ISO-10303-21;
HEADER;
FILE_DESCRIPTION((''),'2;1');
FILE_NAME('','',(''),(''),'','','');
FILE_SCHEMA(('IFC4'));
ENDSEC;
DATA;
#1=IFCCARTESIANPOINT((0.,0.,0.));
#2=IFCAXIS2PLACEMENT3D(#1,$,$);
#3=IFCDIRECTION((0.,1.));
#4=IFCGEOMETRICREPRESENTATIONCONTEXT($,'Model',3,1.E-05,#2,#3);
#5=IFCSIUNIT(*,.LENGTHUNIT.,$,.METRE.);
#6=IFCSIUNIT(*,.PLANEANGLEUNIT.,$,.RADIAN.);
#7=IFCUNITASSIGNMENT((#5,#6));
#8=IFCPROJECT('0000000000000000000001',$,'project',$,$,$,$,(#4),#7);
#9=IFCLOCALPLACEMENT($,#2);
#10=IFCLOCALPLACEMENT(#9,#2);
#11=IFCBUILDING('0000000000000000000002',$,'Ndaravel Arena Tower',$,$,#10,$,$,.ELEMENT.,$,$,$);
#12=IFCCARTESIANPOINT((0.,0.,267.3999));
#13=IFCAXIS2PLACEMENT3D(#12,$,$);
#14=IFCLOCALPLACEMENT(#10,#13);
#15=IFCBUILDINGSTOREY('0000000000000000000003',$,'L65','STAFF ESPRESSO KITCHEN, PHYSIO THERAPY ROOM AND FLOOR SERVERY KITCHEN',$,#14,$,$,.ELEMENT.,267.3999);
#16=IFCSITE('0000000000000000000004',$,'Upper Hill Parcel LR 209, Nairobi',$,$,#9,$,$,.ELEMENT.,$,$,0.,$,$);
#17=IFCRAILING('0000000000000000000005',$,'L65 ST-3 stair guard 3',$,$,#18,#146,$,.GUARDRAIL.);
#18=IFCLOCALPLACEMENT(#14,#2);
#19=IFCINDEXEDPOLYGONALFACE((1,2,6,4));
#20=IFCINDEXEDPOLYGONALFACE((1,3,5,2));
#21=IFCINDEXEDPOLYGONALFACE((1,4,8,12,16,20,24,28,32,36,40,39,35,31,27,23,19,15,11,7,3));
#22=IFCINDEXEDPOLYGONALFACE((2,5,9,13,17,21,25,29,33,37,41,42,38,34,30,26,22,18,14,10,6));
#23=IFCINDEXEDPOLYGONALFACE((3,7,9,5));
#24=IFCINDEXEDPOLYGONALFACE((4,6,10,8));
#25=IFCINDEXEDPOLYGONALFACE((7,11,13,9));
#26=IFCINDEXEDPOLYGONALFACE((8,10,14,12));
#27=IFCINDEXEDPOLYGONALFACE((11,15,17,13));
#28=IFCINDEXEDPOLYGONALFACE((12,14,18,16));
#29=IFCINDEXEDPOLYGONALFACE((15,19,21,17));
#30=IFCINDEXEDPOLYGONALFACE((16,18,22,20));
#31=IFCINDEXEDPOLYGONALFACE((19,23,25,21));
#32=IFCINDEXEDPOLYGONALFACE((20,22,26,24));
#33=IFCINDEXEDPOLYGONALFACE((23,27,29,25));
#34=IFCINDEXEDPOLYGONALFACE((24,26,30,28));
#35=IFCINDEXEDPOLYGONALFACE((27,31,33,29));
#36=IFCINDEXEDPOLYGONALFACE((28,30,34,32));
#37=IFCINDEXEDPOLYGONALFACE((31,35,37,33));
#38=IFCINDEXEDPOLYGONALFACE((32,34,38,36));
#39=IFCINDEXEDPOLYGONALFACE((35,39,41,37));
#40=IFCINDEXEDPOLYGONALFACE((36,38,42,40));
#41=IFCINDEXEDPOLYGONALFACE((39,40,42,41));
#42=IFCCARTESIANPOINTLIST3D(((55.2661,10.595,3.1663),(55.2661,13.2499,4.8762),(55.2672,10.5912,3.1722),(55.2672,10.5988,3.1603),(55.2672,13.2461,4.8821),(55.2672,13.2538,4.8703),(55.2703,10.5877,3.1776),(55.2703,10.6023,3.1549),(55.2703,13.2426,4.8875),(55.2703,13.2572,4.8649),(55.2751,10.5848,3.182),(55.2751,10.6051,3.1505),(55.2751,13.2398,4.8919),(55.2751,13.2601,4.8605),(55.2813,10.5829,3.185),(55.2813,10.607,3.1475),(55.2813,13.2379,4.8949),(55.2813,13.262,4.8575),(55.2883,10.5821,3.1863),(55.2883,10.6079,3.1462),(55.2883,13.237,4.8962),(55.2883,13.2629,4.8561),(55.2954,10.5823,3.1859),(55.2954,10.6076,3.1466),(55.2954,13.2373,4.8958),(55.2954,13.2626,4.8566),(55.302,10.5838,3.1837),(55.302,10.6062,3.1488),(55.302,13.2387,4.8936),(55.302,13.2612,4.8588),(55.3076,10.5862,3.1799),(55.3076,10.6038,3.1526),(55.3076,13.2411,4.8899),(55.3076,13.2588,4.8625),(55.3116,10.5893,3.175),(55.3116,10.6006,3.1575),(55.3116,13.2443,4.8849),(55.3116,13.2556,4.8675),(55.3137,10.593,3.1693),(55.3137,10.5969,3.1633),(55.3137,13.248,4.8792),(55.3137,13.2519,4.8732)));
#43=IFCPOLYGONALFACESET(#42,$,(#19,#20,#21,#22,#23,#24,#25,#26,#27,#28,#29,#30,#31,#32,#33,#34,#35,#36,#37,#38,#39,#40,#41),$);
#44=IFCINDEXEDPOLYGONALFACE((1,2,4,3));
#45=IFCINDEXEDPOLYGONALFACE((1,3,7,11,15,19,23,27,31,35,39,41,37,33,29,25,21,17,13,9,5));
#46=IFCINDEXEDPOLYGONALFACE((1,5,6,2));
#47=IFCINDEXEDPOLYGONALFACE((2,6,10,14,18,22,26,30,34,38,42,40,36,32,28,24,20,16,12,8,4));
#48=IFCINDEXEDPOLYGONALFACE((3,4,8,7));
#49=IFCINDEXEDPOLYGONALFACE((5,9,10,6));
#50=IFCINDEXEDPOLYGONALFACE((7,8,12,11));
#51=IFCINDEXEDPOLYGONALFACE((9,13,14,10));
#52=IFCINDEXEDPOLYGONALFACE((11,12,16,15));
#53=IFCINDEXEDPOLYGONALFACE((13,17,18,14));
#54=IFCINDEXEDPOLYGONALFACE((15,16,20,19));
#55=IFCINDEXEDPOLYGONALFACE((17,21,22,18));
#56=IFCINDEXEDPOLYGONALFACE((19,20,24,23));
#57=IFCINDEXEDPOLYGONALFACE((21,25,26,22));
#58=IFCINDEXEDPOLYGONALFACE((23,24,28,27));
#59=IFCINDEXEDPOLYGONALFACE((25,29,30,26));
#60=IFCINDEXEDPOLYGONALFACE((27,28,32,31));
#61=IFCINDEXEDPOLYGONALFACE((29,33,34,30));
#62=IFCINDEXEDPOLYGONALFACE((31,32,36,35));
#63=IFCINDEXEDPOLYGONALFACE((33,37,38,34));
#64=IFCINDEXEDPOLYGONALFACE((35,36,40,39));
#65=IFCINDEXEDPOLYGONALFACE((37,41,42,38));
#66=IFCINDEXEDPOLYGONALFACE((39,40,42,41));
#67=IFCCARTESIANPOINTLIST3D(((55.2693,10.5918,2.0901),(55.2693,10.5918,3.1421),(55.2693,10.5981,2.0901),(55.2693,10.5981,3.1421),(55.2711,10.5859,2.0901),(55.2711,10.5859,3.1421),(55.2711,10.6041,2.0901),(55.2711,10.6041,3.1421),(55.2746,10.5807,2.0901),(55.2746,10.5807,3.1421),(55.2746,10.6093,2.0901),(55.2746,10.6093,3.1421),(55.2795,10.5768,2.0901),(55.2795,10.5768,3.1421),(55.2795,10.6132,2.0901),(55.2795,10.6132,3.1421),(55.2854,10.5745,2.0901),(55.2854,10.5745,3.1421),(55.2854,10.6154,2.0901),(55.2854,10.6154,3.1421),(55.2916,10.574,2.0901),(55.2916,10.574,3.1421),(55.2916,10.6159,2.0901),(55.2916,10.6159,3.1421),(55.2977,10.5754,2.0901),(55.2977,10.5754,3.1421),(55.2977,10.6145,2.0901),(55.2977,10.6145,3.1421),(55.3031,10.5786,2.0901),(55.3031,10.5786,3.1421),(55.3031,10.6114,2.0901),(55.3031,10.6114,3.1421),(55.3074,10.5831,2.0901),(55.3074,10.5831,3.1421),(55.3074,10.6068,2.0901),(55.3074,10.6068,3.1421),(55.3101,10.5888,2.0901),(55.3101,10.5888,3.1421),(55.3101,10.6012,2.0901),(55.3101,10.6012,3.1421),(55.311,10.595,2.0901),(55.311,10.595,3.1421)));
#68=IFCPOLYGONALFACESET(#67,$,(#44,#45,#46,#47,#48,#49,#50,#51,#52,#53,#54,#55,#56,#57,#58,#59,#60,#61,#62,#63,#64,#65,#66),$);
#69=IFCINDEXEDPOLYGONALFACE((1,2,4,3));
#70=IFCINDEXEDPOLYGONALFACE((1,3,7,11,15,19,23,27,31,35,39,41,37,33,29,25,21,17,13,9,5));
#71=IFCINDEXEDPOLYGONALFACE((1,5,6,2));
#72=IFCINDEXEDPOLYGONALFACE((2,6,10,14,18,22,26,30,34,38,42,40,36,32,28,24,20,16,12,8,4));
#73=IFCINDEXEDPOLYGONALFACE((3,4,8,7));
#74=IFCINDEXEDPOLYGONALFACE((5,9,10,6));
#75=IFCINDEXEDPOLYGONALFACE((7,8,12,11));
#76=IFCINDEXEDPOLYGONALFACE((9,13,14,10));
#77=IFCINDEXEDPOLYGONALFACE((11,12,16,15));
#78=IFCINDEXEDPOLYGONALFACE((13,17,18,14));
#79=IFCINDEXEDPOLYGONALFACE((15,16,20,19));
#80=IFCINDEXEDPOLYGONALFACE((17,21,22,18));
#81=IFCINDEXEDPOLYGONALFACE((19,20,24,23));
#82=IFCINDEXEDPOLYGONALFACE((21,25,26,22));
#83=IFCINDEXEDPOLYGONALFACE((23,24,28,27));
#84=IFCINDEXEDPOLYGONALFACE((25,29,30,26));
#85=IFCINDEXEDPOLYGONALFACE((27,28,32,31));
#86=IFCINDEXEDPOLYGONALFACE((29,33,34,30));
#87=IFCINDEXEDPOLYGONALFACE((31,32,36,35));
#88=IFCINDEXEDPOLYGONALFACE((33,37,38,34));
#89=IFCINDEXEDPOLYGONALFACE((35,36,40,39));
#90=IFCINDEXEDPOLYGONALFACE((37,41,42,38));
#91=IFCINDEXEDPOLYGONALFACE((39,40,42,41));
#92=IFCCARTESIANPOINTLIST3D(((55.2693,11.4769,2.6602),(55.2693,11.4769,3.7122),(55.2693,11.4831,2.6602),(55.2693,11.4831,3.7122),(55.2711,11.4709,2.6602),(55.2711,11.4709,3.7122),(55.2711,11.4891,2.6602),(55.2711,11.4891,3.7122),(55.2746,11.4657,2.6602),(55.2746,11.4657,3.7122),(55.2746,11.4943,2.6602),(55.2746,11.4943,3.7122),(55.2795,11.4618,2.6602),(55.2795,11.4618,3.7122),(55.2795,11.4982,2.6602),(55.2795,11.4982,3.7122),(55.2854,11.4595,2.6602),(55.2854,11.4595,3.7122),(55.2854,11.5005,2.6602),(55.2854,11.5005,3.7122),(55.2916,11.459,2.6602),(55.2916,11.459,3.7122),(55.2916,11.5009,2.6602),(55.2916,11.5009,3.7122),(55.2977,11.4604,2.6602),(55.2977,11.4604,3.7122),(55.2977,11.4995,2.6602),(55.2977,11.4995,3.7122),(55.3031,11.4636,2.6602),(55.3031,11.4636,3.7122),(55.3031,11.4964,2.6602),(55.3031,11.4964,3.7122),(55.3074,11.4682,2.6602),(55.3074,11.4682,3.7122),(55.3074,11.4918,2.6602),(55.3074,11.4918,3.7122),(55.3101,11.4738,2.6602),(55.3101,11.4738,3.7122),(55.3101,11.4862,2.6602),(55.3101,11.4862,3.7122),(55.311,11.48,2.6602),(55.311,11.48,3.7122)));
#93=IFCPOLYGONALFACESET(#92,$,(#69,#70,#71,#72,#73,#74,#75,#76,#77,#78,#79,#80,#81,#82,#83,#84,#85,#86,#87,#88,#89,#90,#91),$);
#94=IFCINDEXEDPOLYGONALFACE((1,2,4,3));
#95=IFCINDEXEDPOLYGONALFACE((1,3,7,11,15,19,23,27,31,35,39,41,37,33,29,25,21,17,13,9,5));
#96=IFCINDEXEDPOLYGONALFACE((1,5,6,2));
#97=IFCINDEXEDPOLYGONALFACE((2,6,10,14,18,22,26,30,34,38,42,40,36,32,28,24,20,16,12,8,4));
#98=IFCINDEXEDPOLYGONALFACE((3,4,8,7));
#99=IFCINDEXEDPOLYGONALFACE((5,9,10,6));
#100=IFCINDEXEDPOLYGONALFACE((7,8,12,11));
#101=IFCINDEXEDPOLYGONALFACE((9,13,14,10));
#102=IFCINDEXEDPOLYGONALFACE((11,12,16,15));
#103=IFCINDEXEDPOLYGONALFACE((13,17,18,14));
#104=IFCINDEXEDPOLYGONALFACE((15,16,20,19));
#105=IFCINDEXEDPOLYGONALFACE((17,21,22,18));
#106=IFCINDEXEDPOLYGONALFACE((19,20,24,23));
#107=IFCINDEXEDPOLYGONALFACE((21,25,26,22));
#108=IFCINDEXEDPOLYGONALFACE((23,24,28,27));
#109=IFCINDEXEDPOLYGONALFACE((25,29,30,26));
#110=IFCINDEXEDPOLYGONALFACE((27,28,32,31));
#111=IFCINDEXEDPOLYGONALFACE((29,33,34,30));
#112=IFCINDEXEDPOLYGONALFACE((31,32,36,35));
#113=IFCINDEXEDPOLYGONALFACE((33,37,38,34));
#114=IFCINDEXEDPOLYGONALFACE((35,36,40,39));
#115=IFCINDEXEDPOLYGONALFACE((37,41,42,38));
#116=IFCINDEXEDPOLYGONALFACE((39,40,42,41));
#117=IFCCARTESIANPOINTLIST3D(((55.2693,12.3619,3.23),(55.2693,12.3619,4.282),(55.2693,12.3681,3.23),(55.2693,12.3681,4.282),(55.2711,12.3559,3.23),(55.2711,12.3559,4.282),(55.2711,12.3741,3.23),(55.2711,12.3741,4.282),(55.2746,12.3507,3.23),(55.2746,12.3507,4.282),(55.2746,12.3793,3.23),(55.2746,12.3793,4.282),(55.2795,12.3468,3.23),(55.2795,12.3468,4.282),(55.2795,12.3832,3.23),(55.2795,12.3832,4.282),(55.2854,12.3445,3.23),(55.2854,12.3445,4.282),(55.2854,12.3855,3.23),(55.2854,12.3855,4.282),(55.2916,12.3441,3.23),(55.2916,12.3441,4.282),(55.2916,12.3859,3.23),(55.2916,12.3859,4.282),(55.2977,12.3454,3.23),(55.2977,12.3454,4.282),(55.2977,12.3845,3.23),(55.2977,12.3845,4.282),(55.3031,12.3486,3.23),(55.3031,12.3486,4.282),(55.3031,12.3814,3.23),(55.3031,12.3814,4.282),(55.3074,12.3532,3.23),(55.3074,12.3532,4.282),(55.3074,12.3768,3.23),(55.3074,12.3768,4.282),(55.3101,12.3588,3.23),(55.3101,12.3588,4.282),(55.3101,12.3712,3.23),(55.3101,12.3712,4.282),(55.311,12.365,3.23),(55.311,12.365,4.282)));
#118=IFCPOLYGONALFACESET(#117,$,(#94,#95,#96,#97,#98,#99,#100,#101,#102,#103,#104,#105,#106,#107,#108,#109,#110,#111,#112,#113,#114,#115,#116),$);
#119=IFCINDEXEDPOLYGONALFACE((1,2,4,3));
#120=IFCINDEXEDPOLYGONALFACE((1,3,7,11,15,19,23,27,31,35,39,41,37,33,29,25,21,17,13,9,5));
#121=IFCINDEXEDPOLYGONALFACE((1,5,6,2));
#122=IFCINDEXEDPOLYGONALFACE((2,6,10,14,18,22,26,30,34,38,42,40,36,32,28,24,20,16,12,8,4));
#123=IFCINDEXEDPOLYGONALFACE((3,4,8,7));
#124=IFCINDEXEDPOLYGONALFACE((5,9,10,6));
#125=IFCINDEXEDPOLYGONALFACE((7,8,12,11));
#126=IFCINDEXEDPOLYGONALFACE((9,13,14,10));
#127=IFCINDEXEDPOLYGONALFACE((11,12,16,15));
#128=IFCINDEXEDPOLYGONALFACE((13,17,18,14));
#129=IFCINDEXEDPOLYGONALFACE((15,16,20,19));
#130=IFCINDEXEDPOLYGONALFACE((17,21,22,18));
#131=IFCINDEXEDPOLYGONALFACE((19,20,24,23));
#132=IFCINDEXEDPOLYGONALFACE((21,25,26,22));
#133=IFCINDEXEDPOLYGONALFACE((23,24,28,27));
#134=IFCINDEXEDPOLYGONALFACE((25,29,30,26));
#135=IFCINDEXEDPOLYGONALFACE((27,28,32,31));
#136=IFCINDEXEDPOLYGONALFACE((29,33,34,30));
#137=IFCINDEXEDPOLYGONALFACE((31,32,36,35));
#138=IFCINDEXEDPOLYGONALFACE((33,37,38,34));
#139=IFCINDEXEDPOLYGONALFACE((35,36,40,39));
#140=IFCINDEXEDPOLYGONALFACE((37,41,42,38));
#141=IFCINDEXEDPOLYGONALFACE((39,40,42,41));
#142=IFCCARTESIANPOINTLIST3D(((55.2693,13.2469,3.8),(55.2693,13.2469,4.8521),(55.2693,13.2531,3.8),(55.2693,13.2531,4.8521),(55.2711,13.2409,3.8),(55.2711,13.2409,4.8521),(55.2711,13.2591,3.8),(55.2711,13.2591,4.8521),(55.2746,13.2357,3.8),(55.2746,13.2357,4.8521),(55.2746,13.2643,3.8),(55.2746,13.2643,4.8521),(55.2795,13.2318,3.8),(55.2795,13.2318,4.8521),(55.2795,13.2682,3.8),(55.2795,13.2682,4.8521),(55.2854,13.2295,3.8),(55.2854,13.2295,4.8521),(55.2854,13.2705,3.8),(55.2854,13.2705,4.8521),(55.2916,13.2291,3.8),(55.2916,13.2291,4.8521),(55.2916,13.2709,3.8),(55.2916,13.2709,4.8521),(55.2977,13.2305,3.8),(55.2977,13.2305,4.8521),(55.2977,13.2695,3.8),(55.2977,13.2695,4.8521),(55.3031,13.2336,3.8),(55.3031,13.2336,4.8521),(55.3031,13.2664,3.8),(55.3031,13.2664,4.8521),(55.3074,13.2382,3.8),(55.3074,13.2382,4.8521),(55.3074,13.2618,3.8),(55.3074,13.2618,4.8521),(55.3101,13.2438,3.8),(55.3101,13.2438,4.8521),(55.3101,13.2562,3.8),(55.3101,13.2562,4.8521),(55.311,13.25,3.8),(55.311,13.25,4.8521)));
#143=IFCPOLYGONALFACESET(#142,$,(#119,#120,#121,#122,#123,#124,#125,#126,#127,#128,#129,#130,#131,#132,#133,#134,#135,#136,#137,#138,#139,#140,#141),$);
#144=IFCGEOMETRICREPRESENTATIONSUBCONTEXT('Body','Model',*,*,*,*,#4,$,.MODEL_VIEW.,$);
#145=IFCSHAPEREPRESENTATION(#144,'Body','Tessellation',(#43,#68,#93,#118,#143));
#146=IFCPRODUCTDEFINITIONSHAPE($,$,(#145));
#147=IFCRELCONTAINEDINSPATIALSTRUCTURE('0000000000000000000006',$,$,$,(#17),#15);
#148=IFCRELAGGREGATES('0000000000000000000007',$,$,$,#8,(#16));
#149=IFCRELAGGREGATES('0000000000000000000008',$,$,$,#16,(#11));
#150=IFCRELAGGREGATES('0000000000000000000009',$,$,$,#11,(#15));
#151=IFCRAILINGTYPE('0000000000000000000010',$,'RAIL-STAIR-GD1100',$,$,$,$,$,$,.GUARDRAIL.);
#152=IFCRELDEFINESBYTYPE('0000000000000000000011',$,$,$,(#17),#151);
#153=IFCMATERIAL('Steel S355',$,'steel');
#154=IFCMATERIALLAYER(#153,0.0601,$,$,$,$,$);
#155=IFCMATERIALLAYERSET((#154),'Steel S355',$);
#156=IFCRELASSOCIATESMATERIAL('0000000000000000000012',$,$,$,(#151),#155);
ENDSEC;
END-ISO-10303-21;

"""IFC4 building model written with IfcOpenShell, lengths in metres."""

from ifc_helpers import new_model, si_unit, direction, frame, origin, origin_2d, place, context, subcontext, project, spatial, circle, extrude, material, layer, layer_set, type_object, element, save


model = new_model("IFC4")

# Units and contexts
model_context = context("Model", 3, precision=1e-05, world=origin(), true_north=direction((0.0, 1.0)))
body_context = subcontext(model_context, "Body", "Model", "MODEL_VIEW")
ifc_project = project(units=[si_unit("LENGTHUNIT", "METRE"), si_unit("PLANEANGLEUNIT", "RADIAN")], contexts=[model_context])

# Site, building, storey
site_placement = place(None, origin())
site = spatial("IfcSite", under=ifc_project, at=site_placement, Name="Upper Hill Parcel LR 209, Nairobi", CompositionType="ELEMENT", RefElevation=0.0)
building_placement = place(site_placement, origin())
building = spatial("IfcBuilding", under=site, at=building_placement, Name="Ndaravel Arena Tower", CompositionType="ELEMENT")
storey_placement = place(building_placement, frame((0.0, 0.0, 267.3999)))
storey = spatial("IfcBuildingStorey", under=building, at=storey_placement, Name="L65", Description="STAFF ESPRESSO KITCHEN, PHYSIO THERAPY ROOM AND FLOOR SERVERY KITCHEN", CompositionType="ELEMENT", Elevation=267.3999)

# Railing
ifc_material_1 = material(Name="Steel S355", Category="steel")
ifc_layer_1 = layer(ifc_material_1, 0.0601)
ifc_layer_set_1 = layer_set([ifc_layer_1], Name="Steel S355")
railing_type_1 = type_object("IfcRailingType", Name="RAIL-STAIR-GD1100", PredefinedType="GUARDRAIL", material=ifc_layer_set_1)
railing_1_placement = place(storey_placement, frame((55.29, 10.595, 2.0901)))
element("IfcRailing", 1, at=railing_1_placement, inside=storey, type_object=railing_type_1, Name="L65 ST-3 stair guard 3", PredefinedType="GUARDRAIL", context=body_context, shape_type="SweptSolid", body=[
    extrude(circle(Radius=0.0239, at=origin_2d()), frame((0.0, 0.0, 1.0762), z_axis=(0.0, 0.840724, 0.541465), x_axis=(-1.0, 0.0, 0.0)), (0.0, 0.0, 1.0), 3.158),
    extrude(circle(Radius=0.021, at=origin_2d()), origin(), (0.0, 0.0, 1.0), 1.052),
    extrude(circle(Radius=0.021, at=origin_2d()), frame((0.0, 0.885, 0.5701)), (0.0, 0.0, 1.0), 1.052),
    extrude(circle(Radius=0.021, at=origin_2d()), frame((0.0, 1.77, 1.1399)), (0.0, 0.0, 1.0), 1.052),
    extrude(circle(Radius=0.021, at=origin_2d()), frame((0.0, 2.655, 1.71)), (0.0, 0.0, 1.0), 1.052),
])

save(model, "model.ifc")
